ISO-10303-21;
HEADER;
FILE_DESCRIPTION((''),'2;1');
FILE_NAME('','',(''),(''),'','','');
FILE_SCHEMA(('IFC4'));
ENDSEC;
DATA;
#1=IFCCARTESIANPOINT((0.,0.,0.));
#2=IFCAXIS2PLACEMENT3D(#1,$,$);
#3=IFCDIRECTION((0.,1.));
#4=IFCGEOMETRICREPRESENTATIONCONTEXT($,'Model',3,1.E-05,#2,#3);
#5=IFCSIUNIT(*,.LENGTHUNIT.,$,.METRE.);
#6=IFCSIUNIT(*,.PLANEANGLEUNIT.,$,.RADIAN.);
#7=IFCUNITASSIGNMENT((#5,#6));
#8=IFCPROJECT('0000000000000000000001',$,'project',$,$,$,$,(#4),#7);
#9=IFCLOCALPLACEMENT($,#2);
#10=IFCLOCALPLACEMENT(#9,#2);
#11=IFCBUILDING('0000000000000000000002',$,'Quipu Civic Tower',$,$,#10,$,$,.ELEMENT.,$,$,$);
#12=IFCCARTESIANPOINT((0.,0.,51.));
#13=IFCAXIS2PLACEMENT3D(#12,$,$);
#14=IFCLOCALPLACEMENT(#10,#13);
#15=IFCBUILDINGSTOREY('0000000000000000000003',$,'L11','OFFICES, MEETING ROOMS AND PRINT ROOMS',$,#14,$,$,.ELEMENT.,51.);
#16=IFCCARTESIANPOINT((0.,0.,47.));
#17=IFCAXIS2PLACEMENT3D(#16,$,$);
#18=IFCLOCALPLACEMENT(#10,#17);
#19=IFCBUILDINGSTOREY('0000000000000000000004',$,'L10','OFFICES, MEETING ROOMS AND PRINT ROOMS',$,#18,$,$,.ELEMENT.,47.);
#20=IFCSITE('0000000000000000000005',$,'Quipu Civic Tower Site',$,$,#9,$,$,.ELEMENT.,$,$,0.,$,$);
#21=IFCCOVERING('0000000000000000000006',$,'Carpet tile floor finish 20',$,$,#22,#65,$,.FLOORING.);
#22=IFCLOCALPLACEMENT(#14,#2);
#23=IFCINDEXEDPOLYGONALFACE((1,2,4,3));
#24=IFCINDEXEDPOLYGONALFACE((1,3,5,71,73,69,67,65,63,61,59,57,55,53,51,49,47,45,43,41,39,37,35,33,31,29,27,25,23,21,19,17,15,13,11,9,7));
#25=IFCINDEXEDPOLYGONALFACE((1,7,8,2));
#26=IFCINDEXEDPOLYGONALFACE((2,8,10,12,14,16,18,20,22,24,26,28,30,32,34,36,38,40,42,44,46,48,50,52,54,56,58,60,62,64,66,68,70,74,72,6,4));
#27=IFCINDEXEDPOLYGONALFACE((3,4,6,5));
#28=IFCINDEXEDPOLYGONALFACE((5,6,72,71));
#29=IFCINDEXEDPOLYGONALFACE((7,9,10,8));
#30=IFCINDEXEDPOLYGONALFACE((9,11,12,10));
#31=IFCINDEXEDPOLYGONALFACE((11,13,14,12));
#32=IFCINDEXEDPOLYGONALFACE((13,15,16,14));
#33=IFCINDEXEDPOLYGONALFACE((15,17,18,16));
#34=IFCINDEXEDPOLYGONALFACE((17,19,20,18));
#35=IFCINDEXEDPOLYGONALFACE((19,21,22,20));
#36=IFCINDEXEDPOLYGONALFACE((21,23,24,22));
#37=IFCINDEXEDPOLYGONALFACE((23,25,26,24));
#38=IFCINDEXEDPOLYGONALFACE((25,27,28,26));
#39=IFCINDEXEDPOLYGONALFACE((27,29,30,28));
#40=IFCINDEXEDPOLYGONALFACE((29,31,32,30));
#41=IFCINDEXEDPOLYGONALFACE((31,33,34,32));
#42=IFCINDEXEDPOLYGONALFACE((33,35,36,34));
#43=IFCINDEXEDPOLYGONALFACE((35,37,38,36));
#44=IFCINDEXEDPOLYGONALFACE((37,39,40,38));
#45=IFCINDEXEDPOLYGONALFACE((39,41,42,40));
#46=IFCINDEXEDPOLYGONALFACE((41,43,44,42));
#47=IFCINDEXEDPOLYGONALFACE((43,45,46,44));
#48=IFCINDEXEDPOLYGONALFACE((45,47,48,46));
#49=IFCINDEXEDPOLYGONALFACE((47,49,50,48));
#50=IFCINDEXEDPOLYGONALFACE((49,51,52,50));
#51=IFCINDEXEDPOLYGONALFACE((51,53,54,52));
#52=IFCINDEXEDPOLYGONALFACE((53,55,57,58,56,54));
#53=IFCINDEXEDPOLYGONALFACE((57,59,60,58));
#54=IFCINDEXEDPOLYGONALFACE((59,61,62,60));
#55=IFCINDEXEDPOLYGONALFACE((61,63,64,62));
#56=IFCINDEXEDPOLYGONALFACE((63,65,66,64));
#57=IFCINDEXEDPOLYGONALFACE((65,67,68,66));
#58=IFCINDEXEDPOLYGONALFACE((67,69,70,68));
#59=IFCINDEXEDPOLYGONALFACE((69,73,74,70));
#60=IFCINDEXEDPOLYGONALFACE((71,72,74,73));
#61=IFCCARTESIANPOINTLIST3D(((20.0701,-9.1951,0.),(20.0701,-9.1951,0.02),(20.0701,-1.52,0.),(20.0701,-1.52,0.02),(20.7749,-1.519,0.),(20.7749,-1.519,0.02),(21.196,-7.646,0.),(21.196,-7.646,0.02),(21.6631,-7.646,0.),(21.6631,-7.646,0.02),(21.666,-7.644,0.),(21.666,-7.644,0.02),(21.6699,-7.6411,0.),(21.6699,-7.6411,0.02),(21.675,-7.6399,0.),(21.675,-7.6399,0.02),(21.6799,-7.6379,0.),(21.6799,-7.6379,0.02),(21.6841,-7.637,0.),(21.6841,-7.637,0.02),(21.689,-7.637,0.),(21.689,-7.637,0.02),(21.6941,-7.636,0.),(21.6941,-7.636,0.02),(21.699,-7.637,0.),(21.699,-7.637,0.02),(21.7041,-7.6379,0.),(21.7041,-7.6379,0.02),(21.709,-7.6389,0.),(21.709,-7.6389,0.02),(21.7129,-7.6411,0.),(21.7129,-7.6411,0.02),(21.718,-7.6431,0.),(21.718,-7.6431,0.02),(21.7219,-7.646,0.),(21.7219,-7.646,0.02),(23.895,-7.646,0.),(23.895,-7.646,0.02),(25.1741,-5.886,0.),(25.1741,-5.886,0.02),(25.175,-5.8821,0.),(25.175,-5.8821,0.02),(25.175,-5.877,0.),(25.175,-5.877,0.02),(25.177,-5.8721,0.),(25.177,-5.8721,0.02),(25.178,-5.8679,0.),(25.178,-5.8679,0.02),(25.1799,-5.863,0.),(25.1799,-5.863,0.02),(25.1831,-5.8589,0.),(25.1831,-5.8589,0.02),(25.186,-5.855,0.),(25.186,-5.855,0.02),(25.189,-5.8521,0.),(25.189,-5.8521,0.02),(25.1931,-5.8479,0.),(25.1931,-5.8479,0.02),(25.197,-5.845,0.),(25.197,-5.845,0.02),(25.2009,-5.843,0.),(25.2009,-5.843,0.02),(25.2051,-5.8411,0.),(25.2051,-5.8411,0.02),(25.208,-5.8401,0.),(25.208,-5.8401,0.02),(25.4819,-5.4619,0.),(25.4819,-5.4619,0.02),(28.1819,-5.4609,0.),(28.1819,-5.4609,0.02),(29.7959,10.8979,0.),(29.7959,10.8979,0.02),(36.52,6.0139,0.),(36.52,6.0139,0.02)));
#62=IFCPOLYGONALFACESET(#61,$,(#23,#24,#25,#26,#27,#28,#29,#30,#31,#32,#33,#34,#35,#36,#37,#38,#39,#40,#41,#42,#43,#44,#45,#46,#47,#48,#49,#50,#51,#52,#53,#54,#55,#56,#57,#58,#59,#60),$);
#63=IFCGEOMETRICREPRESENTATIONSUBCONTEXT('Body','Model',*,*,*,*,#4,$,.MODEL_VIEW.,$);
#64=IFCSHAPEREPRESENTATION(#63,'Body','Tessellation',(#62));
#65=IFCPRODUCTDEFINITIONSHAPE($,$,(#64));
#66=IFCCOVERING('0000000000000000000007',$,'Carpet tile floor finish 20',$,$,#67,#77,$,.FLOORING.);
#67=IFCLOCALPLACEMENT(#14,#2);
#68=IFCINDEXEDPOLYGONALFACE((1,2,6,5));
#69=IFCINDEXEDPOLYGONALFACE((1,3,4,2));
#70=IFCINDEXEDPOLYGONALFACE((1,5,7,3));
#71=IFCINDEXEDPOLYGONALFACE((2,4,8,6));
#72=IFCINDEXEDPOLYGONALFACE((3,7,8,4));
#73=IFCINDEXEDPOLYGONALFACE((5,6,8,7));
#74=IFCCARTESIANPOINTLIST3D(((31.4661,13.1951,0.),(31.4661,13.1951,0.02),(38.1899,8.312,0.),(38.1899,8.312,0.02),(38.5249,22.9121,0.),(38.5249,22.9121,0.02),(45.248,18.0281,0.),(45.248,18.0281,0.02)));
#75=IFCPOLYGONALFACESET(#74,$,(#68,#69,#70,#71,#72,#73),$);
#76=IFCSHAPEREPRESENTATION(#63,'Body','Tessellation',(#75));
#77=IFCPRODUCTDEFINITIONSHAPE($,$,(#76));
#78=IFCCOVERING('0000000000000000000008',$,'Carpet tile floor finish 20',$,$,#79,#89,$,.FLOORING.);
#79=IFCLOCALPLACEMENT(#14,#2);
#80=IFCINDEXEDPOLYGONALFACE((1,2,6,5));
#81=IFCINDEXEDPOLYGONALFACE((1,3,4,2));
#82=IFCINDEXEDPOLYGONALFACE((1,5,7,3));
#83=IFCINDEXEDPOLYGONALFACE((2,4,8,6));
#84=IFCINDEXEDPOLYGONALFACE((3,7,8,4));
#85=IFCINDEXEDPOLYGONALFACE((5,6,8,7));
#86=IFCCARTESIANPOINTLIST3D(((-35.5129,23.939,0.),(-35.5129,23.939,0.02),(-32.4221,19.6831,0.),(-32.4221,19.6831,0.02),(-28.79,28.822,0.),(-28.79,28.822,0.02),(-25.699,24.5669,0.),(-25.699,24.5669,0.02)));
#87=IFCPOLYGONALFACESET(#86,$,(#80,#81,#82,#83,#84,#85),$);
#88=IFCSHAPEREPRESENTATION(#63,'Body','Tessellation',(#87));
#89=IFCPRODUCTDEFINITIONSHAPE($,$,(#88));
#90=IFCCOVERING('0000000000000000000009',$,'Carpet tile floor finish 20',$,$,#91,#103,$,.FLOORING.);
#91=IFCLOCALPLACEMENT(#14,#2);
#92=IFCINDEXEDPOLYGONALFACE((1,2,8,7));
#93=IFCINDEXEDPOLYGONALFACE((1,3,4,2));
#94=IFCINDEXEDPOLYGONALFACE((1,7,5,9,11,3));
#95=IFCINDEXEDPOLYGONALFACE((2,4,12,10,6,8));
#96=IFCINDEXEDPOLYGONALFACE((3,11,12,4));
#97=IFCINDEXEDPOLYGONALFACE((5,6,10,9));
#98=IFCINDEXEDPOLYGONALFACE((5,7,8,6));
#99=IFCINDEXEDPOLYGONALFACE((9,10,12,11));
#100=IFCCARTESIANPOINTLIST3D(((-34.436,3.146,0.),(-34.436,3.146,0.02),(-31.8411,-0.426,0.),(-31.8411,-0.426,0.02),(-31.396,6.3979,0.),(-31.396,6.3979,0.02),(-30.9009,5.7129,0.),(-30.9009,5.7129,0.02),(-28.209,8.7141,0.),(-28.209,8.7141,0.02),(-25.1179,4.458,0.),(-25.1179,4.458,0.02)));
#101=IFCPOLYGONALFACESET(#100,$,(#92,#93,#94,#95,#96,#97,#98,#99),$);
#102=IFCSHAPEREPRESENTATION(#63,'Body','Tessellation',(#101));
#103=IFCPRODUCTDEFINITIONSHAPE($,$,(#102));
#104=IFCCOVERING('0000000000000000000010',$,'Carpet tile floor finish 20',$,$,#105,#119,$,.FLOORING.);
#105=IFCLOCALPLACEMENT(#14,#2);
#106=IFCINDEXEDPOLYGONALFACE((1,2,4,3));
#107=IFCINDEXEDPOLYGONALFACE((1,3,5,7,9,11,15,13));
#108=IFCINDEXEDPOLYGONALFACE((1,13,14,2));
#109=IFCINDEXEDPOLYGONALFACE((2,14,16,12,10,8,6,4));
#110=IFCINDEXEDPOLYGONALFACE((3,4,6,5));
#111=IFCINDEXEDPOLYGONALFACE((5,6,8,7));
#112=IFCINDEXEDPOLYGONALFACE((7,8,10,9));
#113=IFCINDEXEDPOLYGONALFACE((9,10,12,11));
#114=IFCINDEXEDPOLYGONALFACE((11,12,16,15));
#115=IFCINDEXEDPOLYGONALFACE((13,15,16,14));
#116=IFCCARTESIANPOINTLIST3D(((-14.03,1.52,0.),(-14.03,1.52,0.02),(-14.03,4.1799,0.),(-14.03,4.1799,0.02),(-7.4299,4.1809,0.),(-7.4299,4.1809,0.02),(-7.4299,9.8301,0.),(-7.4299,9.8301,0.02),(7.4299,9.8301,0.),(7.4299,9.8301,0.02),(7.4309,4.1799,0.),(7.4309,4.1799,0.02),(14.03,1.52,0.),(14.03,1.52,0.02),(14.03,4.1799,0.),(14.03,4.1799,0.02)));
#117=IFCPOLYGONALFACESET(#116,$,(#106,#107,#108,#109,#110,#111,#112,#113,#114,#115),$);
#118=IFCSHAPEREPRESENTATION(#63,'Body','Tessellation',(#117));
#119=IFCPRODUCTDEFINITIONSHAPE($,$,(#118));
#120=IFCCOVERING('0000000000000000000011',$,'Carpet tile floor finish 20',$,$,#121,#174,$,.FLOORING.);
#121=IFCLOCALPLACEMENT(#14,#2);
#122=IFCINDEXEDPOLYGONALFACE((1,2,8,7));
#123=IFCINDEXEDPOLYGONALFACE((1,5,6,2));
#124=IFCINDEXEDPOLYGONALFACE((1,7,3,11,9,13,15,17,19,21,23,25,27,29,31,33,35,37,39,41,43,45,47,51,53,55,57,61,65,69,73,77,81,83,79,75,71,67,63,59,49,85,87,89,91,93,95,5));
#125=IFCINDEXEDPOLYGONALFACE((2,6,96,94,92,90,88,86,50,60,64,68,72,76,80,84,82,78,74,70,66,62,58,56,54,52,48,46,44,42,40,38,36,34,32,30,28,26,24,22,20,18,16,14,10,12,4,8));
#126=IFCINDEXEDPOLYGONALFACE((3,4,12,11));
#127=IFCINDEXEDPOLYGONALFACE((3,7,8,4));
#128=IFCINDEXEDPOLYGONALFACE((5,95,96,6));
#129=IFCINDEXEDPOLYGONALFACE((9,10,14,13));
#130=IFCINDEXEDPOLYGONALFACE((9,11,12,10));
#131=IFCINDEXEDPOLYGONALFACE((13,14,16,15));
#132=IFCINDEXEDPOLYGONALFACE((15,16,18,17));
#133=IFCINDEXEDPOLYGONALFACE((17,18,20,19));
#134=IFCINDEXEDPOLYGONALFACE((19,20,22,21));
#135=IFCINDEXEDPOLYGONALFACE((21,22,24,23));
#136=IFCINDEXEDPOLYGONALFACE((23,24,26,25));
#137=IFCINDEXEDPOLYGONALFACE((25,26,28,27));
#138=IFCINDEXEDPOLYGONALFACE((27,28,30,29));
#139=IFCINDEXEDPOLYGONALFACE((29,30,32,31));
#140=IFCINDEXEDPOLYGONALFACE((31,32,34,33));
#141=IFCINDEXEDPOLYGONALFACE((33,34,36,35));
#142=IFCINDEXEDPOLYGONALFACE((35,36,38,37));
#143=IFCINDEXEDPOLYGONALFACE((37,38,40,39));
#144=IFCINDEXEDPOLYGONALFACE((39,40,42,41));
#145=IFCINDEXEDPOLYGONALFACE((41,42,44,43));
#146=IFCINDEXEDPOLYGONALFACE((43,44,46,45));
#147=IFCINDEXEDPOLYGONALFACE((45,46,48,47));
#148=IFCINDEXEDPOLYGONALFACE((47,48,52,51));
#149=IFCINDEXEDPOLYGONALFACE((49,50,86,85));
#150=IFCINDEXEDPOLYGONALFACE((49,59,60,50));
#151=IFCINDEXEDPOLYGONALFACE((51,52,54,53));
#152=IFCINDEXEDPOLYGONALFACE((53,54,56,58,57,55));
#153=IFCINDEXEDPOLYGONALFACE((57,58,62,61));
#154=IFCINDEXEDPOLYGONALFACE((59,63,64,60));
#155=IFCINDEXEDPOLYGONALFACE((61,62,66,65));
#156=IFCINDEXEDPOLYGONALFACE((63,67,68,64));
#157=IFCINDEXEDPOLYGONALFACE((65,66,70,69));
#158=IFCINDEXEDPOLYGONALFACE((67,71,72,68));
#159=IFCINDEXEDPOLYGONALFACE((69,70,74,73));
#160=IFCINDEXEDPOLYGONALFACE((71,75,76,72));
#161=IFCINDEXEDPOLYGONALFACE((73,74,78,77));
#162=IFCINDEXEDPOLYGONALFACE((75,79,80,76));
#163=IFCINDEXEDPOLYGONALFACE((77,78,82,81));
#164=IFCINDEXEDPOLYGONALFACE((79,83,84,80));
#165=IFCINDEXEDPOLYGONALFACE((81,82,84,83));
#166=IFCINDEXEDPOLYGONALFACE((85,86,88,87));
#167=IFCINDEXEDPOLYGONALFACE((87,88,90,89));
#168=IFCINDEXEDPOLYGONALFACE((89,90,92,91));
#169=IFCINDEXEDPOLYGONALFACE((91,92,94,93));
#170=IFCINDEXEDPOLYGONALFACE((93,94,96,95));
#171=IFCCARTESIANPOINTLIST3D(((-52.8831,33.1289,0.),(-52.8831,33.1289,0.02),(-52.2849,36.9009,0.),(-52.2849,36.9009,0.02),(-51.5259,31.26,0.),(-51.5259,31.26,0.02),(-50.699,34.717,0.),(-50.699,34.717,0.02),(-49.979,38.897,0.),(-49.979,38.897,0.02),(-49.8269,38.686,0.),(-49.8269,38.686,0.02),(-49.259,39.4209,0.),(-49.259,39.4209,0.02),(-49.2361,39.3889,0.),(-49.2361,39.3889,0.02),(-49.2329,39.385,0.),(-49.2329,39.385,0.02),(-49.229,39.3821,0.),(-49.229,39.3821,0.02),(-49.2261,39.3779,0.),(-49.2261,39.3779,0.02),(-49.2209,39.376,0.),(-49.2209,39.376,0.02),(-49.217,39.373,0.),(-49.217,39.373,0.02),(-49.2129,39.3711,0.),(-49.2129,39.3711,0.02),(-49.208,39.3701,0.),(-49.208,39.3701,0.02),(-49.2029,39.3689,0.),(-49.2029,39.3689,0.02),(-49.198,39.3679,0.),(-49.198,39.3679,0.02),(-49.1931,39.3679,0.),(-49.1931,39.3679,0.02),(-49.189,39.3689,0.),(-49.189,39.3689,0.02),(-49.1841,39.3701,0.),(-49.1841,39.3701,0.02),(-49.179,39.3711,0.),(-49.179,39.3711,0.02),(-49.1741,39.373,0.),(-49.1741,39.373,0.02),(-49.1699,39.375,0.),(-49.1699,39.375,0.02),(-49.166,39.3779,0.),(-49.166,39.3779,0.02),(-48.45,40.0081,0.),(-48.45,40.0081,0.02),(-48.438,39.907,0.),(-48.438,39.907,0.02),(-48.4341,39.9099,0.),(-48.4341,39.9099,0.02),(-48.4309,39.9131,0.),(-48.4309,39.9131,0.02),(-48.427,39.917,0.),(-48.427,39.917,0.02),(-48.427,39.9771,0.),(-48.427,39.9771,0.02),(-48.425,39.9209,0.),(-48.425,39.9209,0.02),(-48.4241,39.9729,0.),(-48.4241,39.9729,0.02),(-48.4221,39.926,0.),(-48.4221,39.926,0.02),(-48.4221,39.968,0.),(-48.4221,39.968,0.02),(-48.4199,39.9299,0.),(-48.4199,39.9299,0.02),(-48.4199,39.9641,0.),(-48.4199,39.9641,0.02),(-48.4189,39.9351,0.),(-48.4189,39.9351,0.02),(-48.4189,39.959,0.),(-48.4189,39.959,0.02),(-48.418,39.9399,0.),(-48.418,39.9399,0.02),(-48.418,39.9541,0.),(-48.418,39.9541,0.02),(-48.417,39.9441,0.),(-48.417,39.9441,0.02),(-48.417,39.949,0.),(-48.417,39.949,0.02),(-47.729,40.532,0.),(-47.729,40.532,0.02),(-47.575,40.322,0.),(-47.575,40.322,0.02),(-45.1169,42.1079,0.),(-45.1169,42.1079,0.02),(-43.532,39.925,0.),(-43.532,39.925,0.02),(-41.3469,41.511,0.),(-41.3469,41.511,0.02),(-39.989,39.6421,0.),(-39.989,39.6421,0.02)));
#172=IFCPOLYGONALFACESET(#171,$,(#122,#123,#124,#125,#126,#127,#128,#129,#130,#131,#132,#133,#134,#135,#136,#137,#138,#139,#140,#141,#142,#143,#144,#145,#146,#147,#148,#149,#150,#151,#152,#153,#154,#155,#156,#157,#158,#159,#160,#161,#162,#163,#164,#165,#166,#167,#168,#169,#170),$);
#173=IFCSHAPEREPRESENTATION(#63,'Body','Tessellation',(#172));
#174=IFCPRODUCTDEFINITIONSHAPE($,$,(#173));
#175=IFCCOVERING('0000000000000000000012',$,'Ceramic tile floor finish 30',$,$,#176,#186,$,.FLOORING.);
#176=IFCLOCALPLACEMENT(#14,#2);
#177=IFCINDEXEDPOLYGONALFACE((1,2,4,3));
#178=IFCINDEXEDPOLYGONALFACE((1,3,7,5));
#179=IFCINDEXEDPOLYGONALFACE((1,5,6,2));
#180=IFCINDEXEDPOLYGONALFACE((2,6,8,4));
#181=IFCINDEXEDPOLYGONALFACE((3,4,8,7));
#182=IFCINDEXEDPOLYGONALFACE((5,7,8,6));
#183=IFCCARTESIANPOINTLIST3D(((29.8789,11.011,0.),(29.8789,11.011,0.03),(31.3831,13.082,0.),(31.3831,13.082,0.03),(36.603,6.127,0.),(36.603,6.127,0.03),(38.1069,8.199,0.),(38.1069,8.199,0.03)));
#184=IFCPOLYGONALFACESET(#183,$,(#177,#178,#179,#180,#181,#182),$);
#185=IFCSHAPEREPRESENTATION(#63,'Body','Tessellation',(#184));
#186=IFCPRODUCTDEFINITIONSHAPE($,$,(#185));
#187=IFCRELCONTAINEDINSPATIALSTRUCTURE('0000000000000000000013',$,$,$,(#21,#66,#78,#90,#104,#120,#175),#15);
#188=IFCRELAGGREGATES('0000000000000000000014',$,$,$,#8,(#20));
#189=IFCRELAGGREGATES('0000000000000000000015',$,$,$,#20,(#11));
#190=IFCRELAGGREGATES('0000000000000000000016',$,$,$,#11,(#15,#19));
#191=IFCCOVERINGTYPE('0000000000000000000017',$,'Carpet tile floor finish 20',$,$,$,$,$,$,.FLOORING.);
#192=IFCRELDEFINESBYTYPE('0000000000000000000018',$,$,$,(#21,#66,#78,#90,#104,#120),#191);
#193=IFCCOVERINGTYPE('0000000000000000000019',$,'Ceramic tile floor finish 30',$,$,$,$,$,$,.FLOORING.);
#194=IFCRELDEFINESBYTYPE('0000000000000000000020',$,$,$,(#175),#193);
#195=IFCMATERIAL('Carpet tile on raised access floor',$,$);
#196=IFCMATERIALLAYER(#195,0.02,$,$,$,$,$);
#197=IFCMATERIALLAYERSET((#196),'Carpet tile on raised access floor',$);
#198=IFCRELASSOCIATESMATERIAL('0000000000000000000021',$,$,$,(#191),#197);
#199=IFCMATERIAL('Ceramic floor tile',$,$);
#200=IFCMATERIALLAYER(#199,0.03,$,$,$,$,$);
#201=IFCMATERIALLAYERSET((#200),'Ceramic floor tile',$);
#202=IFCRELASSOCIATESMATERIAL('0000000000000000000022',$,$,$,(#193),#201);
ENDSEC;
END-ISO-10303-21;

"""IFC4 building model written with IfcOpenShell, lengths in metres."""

from ifc_helpers import new_model, si_unit, direction, frame, origin, place, context, subcontext, project, spatial, polyline, outline, extrude, material, layer, layer_set, type_object, element, save


model = new_model("IFC4")

# Units and contexts
model_context = context("Model", 3, precision=1e-05, world=origin(), true_north=direction((0.0, 1.0)))
body_context = subcontext(model_context, "Body", "Model", "MODEL_VIEW")
ifc_project = project(units=[si_unit("LENGTHUNIT", "METRE"), si_unit("PLANEANGLEUNIT", "RADIAN")], contexts=[model_context])

# Site, building, storey
site_placement = place(None, origin())
site = spatial("IfcSite", under=ifc_project, at=site_placement, Name="Quipu Civic Tower Site", CompositionType="ELEMENT", RefElevation=0.0)
building_placement = place(site_placement, origin())
building = spatial("IfcBuilding", under=site, at=building_placement, Name="Quipu Civic Tower", CompositionType="ELEMENT")
storey_1_placement = place(building_placement, frame((0.0, 0.0, 51.0)))
storey_1 = spatial("IfcBuildingStorey", under=building, at=storey_1_placement, Name="L11", Description="OFFICES, MEETING ROOMS AND PRINT ROOMS", CompositionType="ELEMENT", Elevation=51.0)

# Shared definitions
storey_2_placement = place(building_placement, frame((0.0, 0.0, 47.0)))
storey_2 = spatial("IfcBuildingStorey", under=building, at=storey_2_placement, Name="L10", Description="OFFICES, MEETING ROOMS AND PRINT ROOMS", CompositionType="ELEMENT", Elevation=47.0)

# Coverings
ifc_material_1 = material(Name="Carpet tile on raised access floor")
ifc_layer_1 = layer(ifc_material_1, 0.02)
ifc_layer_set_1 = layer_set([ifc_layer_1], Name="Carpet tile on raised access floor")
covering_type_1 = type_object("IfcCoveringType", Name="Carpet tile floor finish 20", PredefinedType="FLOORING", material=ifc_layer_set_1)
covering_1_placement = place(storey_1_placement, origin())
element("IfcCovering", 1, at=covering_1_placement, inside=storey_1, type_object=covering_type_1, Name="Carpet tile floor finish 20", PredefinedType="FLOORING", context=body_context, shape_type="SweptSolid", body=[
    extrude(outline(polyline([(20.0701, -9.1951), (20.0701, -1.52), (20.7749, -1.519), (29.7959, 10.8979), (36.52, 6.0139), (28.1819, -5.4609), (25.4819, -5.4619), (25.208, -5.8401), (25.2051, -5.8411), (25.2009, -5.843), (25.197, -5.845), (25.1931, -5.8479), (25.189, -5.8521), (25.186, -5.855), (25.1831, -5.8589), (25.1799, -5.863), (25.178, -5.8679), (25.177, -5.8721), (25.175, -5.877), (25.175, -5.8821), (25.1741, -5.886), (23.895, -7.646), (21.7219, -7.646), (21.7219, -7.646), (21.718, -7.6431), (21.7129, -7.6411), (21.709, -7.6389), (21.7041, -7.6379), (21.699, -7.637), (21.6941, -7.636), (21.689, -7.637), (21.6841, -7.637), (21.6799, -7.6379), (21.675, -7.6399), (21.6699, -7.6411), (21.666, -7.644), (21.6631, -7.646), (21.196, -7.646), (20.0701, -9.1951)])), origin(), (0.0, 0.0, 1.0), 0.02),
])
covering_2_placement = place(storey_1_placement, origin())
element("IfcCovering", 2, at=covering_2_placement, inside=storey_1, type_object=covering_type_1, Name="Carpet tile floor finish 20", PredefinedType="FLOORING", context=body_context, shape_type="SweptSolid", body=[
    extrude(outline(polyline([(31.4661, 13.1951), (38.5249, 22.9121), (45.248, 18.0281), (38.1899, 8.312), (31.4661, 13.1951)])), origin(), (0.0, 0.0, 1.0), 0.02),
])
covering_3_placement = place(storey_1_placement, origin())
element("IfcCovering", 3, at=covering_3_placement, inside=storey_1, type_object=covering_type_1, Name="Carpet tile floor finish 20", PredefinedType="FLOORING", context=body_context, shape_type="SweptSolid", body=[
    extrude(outline(polyline([(-35.5129, 23.939), (-28.79, 28.822), (-25.699, 24.5669), (-32.4221, 19.6831), (-35.5129, 23.939)])), origin(), (0.0, 0.0, 1.0), 0.02),
])
covering_4_placement = place(storey_1_placement, origin())
element("IfcCovering", 4, at=covering_4_placement, inside=storey_1, type_object=covering_type_1, Name="Carpet tile floor finish 20", PredefinedType="FLOORING", context=body_context, shape_type="SweptSolid", body=[
    extrude(outline(polyline([(-34.436, 3.146), (-30.9009, 5.7129), (-31.396, 6.3979), (-28.209, 8.7141), (-25.1179, 4.458), (-31.8411, -0.426), (-34.436, 3.146)])), origin(), (0.0, 0.0, 1.0), 0.02),
])
covering_5_placement = place(storey_1_placement, origin())
element("IfcCovering", 5, at=covering_5_placement, inside=storey_1, type_object=covering_type_1, Name="Carpet tile floor finish 20", PredefinedType="FLOORING", context=body_context, shape_type="SweptSolid", body=[
    extrude(outline(polyline([(-14.03, 1.52), (-14.03, 4.1799), (-7.4299, 4.1809), (-7.4299, 9.8301), (7.4299, 9.8301), (7.4309, 4.1799), (14.03, 4.1799), (14.03, 1.52), (-14.03, 1.52)])), origin(), (0.0, 0.0, 1.0), 0.02),
])
covering_6_placement = place(storey_1_placement, origin())
element("IfcCovering", 6, at=covering_6_placement, inside=storey_1, type_object=covering_type_1, Name="Carpet tile floor finish 20", PredefinedType="FLOORING", context=body_context, shape_type="SweptSolid", body=[
    extrude(outline(polyline([(-52.8831, 33.1289), (-50.699, 34.717), (-52.2849, 36.9009), (-49.8269, 38.686), (-49.979, 38.897), (-49.259, 39.4209), (-49.2361, 39.3889), (-49.2329, 39.385), (-49.229, 39.3821), (-49.2261, 39.3779), (-49.2209, 39.376), (-49.217, 39.373), (-49.2129, 39.3711), (-49.208, 39.3701), (-49.2029, 39.3689), (-49.198, 39.3679), (-49.1931, 39.3679), (-49.189, 39.3689), (-49.1841, 39.3701), (-49.179, 39.3711), (-49.1741, 39.373), (-49.1699, 39.375), (-49.166, 39.3779), (-48.438, 39.907), (-48.4341, 39.9099), (-48.4309, 39.9131), (-48.427, 39.917), (-48.425, 39.9209), (-48.4221, 39.926), (-48.4199, 39.9299), (-48.4189, 39.9351), (-48.418, 39.9399), (-48.417, 39.9441), (-48.417, 39.949), (-48.418, 39.9541), (-48.4189, 39.959), (-48.4199, 39.9641), (-48.4221, 39.968), (-48.4241, 39.9729), (-48.427, 39.9771), (-48.45, 40.0081), (-47.729, 40.532), (-47.575, 40.322), (-45.1169, 42.1079), (-43.532, 39.925), (-41.3469, 41.511), (-39.989, 39.6421), (-51.5259, 31.26), (-52.8831, 33.1289)])), origin(), (0.0, 0.0, 1.0), 0.02),
])
ifc_material_2 = material(Name="Ceramic floor tile")
ifc_layer_2 = layer(ifc_material_2, 0.03)
ifc_layer_set_2 = layer_set([ifc_layer_2], Name="Ceramic floor tile")
covering_type_2 = type_object("IfcCoveringType", Name="Ceramic tile floor finish 30", PredefinedType="FLOORING", material=ifc_layer_set_2)
covering_7_placement = place(storey_1_placement, origin())
element("IfcCovering", 7, at=covering_7_placement, inside=storey_1, type_object=covering_type_2, Name="Ceramic tile floor finish 30", PredefinedType="FLOORING", context=body_context, shape_type="SweptSolid", body=[
    extrude(outline(polyline([(29.8789, 11.011), (31.3831, 13.082), (38.1069, 8.199), (36.603, 6.127), (29.8789, 11.011)])), origin(), (0.0, 0.0, 1.0), 0.03),
])

save(model, "model.ifc")
